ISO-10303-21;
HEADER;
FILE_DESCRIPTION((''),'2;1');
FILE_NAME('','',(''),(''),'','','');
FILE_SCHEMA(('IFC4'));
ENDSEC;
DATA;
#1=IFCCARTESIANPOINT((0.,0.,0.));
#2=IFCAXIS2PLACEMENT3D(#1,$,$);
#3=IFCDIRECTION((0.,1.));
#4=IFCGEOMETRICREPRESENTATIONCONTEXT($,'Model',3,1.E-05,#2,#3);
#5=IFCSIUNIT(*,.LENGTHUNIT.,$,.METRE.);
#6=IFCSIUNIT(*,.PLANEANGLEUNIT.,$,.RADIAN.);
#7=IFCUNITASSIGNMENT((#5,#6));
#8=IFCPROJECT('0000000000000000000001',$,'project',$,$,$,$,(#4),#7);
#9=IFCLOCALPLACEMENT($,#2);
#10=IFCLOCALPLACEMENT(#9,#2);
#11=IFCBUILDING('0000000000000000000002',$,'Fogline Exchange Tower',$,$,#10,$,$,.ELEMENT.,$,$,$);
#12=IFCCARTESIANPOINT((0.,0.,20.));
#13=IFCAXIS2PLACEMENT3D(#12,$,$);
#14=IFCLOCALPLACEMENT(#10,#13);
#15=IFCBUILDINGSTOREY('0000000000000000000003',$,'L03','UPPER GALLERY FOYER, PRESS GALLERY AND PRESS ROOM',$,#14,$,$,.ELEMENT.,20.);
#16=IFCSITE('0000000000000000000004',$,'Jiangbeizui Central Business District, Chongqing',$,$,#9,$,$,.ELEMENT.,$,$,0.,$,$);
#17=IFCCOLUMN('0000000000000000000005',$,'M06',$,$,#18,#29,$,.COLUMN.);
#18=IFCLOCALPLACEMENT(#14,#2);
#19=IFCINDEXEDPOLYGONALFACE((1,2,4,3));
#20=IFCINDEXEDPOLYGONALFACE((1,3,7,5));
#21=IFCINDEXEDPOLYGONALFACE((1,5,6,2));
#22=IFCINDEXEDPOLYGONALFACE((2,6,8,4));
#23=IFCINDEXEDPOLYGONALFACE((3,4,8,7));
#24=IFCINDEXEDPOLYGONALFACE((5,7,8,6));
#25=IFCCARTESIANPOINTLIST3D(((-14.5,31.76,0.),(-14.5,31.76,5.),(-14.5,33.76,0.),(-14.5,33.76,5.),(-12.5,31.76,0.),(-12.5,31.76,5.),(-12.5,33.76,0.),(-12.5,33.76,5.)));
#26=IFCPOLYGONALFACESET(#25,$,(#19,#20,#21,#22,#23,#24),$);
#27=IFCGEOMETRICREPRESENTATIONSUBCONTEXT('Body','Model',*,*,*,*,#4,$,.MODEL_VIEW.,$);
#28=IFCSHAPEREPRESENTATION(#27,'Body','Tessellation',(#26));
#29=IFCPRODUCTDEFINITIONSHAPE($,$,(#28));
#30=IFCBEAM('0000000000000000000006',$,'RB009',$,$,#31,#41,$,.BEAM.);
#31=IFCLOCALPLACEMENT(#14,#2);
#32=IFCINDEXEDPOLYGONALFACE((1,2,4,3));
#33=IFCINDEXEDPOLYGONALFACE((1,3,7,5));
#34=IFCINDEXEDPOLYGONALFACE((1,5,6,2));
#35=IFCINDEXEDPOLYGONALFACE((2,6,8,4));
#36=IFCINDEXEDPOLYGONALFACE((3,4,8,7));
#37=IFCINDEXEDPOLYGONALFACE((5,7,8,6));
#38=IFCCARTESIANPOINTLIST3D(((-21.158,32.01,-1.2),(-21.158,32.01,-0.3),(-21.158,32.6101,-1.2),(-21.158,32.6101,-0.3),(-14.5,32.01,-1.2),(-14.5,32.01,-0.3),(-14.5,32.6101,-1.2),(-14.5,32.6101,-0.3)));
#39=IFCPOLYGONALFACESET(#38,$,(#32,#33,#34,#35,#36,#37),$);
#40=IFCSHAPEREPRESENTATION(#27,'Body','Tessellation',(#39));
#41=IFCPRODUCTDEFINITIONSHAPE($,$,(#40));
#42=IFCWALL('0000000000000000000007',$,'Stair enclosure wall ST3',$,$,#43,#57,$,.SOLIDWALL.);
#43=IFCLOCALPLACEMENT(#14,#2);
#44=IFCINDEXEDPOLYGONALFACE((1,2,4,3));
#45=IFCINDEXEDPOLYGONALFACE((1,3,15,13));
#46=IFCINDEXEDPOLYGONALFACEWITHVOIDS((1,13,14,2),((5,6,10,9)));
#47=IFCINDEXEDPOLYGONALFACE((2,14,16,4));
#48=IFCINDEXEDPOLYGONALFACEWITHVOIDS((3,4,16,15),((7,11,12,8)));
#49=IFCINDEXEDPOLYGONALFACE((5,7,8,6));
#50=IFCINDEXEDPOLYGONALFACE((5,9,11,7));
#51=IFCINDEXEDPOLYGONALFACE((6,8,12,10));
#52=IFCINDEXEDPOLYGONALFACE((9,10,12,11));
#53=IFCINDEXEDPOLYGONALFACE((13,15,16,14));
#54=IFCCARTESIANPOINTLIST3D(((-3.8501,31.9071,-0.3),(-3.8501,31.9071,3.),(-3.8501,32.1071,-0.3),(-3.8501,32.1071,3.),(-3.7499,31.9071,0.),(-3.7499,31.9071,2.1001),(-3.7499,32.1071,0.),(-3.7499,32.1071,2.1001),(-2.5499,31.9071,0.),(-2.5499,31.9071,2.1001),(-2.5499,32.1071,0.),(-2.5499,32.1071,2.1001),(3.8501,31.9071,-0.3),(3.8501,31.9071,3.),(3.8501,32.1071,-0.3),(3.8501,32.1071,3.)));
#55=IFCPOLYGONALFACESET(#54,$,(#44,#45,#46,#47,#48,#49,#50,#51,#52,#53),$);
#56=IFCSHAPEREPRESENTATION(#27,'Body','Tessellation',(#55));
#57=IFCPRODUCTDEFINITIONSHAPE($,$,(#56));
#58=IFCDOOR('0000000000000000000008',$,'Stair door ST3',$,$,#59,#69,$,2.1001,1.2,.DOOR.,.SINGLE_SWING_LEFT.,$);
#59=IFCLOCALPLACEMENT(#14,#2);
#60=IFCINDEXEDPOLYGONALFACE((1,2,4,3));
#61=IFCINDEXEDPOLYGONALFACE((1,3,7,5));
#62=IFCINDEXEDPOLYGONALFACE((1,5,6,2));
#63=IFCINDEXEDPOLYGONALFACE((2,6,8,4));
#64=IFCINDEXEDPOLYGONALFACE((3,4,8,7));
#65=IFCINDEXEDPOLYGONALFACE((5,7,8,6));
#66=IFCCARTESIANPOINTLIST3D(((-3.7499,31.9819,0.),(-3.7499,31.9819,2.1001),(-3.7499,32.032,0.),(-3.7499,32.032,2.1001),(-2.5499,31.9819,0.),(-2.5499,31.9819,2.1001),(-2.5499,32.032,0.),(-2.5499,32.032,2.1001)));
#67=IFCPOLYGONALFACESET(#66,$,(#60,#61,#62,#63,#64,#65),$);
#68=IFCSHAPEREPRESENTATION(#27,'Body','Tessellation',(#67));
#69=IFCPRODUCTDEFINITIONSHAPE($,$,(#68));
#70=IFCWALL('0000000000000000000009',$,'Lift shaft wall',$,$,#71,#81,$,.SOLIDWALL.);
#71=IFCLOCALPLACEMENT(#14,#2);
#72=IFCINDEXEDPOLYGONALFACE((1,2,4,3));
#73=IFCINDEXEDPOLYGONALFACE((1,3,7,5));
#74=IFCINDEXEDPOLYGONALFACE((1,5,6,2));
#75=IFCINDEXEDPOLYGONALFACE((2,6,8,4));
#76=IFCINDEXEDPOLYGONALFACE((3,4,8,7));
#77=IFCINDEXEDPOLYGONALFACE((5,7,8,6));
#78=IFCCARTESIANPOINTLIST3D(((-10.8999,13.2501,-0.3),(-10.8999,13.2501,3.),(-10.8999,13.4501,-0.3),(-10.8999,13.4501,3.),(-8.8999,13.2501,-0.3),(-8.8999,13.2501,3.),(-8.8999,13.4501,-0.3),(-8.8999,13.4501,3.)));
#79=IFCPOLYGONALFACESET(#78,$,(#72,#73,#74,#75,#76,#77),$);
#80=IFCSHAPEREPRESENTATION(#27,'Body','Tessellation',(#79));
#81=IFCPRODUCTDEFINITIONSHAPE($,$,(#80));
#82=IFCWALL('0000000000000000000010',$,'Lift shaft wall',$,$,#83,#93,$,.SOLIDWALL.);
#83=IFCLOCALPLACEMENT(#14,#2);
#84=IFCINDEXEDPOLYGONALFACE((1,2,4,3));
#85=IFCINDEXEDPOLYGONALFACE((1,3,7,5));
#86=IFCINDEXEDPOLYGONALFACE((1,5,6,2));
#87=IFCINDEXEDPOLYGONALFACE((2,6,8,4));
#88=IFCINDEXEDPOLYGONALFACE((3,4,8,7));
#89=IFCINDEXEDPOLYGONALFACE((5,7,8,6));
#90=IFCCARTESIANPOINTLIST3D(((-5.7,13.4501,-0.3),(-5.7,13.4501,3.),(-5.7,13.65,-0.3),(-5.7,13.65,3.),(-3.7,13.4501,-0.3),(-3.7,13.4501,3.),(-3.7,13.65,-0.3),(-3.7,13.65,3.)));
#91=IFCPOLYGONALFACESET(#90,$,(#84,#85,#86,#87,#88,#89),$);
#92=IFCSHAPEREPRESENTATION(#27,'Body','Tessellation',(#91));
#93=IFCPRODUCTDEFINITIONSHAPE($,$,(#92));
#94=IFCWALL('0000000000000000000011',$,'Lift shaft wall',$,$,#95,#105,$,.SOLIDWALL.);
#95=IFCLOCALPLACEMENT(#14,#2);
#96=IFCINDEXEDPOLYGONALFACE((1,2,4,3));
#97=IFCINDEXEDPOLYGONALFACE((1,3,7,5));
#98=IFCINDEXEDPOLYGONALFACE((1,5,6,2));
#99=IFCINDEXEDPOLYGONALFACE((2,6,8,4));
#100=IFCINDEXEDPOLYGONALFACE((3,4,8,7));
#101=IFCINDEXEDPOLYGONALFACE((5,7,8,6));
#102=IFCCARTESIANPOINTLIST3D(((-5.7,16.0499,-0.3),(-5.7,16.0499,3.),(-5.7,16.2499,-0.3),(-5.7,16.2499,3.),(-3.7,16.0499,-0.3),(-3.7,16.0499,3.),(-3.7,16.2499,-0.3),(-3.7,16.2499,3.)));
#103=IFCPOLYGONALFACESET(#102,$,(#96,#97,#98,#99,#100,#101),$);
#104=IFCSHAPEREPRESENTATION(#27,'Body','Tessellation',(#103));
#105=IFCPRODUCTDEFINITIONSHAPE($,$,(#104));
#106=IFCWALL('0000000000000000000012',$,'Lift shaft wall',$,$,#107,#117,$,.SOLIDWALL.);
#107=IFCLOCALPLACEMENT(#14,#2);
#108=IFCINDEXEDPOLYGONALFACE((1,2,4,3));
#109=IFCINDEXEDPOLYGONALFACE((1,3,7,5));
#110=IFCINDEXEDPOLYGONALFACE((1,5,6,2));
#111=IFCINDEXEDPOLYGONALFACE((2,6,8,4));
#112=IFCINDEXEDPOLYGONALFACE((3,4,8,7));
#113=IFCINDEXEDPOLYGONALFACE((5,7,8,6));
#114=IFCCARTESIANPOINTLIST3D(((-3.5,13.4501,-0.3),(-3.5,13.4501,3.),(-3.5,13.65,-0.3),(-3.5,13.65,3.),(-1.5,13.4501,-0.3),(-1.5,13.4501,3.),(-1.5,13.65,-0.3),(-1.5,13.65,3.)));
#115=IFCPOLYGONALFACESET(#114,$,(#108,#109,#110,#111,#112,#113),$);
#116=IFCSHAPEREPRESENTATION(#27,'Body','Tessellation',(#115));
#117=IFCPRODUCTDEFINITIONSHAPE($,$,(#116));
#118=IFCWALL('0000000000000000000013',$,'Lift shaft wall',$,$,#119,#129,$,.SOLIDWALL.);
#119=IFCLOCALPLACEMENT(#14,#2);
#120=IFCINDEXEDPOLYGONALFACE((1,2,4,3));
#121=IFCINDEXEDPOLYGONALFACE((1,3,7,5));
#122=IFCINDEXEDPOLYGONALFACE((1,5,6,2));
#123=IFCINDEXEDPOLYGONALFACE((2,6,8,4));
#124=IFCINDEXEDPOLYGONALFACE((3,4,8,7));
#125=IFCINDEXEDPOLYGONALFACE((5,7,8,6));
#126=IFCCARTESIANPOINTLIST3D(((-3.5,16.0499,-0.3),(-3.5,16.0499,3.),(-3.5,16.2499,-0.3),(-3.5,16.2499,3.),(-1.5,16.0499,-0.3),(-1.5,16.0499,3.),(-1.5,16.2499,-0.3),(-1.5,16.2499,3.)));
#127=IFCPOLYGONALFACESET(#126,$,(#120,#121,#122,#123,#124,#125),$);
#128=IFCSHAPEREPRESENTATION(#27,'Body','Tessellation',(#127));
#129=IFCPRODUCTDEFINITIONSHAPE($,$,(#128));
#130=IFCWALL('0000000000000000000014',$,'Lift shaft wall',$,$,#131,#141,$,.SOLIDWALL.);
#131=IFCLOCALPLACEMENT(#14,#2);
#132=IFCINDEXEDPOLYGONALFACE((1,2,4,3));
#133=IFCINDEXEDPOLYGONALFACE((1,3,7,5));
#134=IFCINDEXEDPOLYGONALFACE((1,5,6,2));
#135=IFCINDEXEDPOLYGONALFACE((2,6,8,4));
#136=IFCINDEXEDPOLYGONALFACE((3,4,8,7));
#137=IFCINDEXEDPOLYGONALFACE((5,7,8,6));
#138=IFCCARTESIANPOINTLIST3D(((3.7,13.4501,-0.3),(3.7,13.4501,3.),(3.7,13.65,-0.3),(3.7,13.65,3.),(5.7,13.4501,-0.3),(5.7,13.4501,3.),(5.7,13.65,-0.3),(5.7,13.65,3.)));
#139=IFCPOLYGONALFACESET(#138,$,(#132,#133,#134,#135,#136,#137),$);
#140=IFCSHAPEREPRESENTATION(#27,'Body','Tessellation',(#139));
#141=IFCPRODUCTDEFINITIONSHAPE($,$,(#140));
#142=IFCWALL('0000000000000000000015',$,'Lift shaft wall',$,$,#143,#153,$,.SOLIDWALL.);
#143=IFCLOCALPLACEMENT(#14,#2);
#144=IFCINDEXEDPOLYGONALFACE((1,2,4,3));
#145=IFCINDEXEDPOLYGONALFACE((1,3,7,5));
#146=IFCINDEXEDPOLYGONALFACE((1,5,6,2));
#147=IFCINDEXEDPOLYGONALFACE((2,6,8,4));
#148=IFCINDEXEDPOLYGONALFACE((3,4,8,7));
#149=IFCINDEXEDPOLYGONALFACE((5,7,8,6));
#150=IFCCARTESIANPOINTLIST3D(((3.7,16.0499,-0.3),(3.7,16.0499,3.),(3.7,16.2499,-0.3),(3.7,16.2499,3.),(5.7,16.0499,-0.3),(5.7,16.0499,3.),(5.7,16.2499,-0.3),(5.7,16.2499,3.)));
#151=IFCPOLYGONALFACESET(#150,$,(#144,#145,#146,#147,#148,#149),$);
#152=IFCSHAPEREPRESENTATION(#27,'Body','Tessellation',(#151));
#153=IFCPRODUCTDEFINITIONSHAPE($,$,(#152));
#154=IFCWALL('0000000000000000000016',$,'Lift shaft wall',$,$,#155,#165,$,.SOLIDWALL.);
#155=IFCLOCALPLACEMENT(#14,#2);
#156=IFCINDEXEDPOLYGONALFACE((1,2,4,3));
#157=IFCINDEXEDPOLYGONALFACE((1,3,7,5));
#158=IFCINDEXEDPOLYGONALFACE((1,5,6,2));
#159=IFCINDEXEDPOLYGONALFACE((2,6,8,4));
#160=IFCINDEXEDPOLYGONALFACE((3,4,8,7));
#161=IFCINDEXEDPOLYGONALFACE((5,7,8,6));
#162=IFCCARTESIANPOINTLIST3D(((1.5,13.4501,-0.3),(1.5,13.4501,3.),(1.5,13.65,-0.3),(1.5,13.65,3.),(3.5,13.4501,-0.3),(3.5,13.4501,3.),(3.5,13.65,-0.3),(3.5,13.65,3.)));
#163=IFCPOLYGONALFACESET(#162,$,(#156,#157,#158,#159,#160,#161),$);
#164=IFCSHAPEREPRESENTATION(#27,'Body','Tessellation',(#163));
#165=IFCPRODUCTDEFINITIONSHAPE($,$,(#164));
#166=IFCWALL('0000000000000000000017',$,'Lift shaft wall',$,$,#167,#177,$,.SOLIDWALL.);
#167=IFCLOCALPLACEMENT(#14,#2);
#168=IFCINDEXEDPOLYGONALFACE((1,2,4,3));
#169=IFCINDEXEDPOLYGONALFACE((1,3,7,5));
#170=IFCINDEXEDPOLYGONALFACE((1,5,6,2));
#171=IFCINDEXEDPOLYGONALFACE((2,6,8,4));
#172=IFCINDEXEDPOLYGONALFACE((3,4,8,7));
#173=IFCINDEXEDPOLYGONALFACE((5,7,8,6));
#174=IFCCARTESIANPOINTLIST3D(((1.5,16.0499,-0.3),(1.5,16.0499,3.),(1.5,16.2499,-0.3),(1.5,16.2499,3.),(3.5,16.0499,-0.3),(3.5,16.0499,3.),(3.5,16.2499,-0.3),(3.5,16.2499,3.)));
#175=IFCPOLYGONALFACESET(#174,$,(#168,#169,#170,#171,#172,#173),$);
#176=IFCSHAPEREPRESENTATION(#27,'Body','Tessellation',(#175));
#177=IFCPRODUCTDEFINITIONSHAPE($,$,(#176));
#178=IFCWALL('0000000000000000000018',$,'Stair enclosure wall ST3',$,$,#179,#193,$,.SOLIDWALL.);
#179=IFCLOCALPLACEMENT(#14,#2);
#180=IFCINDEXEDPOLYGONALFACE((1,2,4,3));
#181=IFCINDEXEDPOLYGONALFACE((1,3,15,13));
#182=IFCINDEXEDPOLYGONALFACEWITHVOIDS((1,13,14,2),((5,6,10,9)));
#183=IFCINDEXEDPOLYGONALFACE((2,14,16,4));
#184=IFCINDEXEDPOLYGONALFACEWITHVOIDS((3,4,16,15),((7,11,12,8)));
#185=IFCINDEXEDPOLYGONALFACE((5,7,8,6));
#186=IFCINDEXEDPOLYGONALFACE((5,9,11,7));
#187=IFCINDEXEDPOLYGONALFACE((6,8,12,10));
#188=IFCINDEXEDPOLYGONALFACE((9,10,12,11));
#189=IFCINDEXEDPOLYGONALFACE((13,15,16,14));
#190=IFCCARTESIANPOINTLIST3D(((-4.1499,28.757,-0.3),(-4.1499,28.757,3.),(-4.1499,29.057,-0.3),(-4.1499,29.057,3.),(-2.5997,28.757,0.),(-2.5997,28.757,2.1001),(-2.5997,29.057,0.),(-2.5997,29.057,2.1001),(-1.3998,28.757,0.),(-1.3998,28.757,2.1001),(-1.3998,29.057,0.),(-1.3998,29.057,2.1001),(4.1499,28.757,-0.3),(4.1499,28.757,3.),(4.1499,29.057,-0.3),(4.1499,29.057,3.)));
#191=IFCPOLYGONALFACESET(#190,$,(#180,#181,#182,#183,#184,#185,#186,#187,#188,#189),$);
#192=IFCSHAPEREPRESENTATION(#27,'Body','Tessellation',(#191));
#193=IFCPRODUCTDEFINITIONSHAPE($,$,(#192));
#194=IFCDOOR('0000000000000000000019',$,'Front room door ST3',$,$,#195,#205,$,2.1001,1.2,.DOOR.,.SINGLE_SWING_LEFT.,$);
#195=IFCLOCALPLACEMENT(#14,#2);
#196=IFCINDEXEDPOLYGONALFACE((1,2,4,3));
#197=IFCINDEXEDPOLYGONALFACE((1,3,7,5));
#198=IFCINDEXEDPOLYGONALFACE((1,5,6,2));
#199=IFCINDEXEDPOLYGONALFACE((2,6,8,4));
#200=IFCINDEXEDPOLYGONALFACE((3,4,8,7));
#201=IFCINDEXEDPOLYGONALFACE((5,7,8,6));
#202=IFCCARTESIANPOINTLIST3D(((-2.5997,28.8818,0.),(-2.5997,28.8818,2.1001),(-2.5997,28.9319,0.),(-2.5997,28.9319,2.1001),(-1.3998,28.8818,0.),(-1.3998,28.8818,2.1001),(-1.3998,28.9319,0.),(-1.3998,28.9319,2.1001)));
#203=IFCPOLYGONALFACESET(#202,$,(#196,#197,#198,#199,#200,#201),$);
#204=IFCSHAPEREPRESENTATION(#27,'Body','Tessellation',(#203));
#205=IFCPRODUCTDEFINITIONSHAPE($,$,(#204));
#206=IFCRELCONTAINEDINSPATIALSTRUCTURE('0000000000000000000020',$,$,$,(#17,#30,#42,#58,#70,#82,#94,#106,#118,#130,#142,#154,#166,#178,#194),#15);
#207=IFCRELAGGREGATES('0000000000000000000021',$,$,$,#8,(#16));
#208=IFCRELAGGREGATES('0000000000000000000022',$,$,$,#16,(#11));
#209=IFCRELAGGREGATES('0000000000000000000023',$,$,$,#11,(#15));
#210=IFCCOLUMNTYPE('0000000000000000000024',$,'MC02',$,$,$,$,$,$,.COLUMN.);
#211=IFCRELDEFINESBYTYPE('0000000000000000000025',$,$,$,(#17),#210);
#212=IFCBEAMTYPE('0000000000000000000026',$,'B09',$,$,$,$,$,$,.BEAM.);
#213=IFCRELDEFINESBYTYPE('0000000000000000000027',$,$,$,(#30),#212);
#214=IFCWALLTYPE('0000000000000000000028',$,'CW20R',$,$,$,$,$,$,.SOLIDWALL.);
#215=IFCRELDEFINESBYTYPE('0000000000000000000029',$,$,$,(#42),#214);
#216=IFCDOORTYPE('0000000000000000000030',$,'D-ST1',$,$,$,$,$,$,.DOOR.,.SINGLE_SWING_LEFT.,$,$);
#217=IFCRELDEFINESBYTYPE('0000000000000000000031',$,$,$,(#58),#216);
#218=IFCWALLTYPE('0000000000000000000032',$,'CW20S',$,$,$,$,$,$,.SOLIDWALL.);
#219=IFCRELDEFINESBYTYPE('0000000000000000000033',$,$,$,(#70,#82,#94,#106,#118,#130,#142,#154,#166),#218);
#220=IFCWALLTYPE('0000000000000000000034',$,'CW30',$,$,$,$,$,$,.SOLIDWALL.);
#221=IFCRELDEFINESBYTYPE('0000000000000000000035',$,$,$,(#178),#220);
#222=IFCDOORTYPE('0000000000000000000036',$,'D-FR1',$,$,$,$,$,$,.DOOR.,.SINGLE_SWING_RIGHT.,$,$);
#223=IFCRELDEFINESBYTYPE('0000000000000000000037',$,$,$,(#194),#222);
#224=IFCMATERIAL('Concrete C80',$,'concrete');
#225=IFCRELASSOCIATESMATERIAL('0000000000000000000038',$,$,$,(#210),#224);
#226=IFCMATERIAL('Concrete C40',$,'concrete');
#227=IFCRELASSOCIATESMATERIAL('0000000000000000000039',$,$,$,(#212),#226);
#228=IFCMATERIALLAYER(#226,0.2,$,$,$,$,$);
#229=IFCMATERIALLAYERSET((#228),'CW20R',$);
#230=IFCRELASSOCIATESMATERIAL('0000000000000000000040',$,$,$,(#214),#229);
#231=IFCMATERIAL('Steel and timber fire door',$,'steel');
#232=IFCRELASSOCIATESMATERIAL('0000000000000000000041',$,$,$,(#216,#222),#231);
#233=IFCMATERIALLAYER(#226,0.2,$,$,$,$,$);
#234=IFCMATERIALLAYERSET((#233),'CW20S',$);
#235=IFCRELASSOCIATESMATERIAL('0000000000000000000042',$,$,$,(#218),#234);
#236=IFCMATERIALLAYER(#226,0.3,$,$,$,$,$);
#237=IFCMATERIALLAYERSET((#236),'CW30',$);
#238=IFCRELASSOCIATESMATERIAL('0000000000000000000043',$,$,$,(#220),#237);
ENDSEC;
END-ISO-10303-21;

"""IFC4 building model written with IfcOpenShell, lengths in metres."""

from ifc_helpers import new_model, si_unit, direction, frame, frame_2d, origin, origin_2d, place, context, subcontext, project, spatial, rectangle, extrude, material, layer, layer_set, material_profile, profile_set, type_object, element, fill, save


model = new_model("IFC4")

# Units and contexts
model_context = context("Model", 3, precision=1e-05, world=origin(), true_north=direction((0.0, 1.0)))
body_context = subcontext(model_context, "Body", "Model", "MODEL_VIEW")
ifc_project = project(units=[si_unit("LENGTHUNIT", "METRE"), si_unit("PLANEANGLEUNIT", "RADIAN")], contexts=[model_context])

# Site, building, storey
site_placement = place(None, origin())
site = spatial("IfcSite", under=ifc_project, at=site_placement, Name="Jiangbeizui Central Business District, Chongqing", CompositionType="ELEMENT", RefElevation=0.0)
building_placement = place(site_placement, origin())
building = spatial("IfcBuilding", under=site, at=building_placement, Name="Fogline Exchange Tower", CompositionType="ELEMENT")
storey_placement = place(building_placement, frame((0.0, 0.0, 20.0)))
storey = spatial("IfcBuildingStorey", under=building, at=storey_placement, Name="L03", Description="UPPER GALLERY FOYER, PRESS GALLERY AND PRESS ROOM", CompositionType="ELEMENT", Elevation=20.0)

# Column
ifc_material_1 = material(Name="Concrete C80", Category="concrete")
ifc_material_profile_1 = material_profile(ifc_material_1, rectangle(XDim=2.0, YDim=2.0, at=origin_2d()), Name="RC 2000x2000")
ifc_profile_set_1 = profile_set([ifc_material_profile_1], Name="Concrete C80")
column_type = type_object("IfcColumnType", Name="MC02", PredefinedType="COLUMN", material=ifc_profile_set_1)
column_placement = place(storey_placement, frame((-13.5, 32.76, 0.0), z_axis=(0.0, 0.0, 1.0), x_axis=(1.0, 0.0, 0.0)))
element("IfcColumn", 1, at=column_placement, inside=storey, type_object=column_type, Name="M06", PredefinedType="COLUMN", context=body_context, shape_type="SweptSolid", body=[
    extrude(rectangle(XDim=2.0, YDim=2.0, at=origin_2d()), origin(), (0.0, 0.0, 1.0), 5.0),
])

# Beam
ifc_material_2 = material(Name="Concrete C40", Category="concrete")
ifc_material_profile_2 = material_profile(ifc_material_2, rectangle(XDim=0.6001, YDim=0.8999, at=origin_2d()), Name="RC 600x900")
ifc_profile_set_2 = profile_set([ifc_material_profile_2], Name="Concrete C40")
beam_type = type_object("IfcBeamType", Name="B09", PredefinedType="BEAM", material=ifc_profile_set_2)
beam_placement = place(storey_placement, frame((-14.5, 32.3101, -0.75), z_axis=(-1.0, 0.0, 0.0), x_axis=(0.0, -1.0, 0.0)))
element("IfcBeam", 2, at=beam_placement, inside=storey, type_object=beam_type, Name="RB009", PredefinedType="BEAM", context=body_context, shape_type="SweptSolid", body=[
    extrude(rectangle(XDim=0.6001, YDim=0.8999, at=origin_2d()), origin(), (0.0, 0.0, 1.0), 6.658),
])

# Wall, opening, door
ifc_layer_1 = layer(ifc_material_2, 0.2)
ifc_layer_set_1 = layer_set([ifc_layer_1], Name="CW20R")
wall_type_1 = type_object("IfcWallType", Name="CW20R", PredefinedType="SOLIDWALL", material=ifc_layer_set_1)
wall_1_placement = place(storey_placement, frame((-3.8501, 32.0071, -0.3), z_axis=(0.0, 0.0, 1.0), x_axis=(1.0, 0.0, 0.0)))
wall_1 = element("IfcWall", 3, at=wall_1_placement, inside=storey, type_object=wall_type_1, Name="Stair enclosure wall ST3", PredefinedType="SOLIDWALL", context=body_context, shape_type="SweptSolid", body=[
    extrude(rectangle(XDim=7.7002, YDim=0.2, at=frame_2d((3.8501, 0.0))), origin(), (0.0, 0.0, 1.0), 3.3),
])
opening_1_placement = place(wall_1_placement, frame((0.1001, 0.0, 0.3)))
opening_1 = element("IfcOpeningElement", 4, at=opening_1_placement, cuts=wall_1, PredefinedType="OPENING", context=body_context, shape_type="SweptSolid", body=[
    extrude(rectangle(XDim=1.2, YDim=2.1001, at=frame_2d((0.6001, 1.05))), frame((0.0, 0.1099, 0.0), z_axis=(0.0, -1.0, 0.0), x_axis=(1.0, 0.0, 0.0)), (0.0, 0.0, 1.0), 0.22),
])
ifc_material_3 = material(Name="Steel and timber fire door", Category="steel")
door_type_1 = type_object("IfcDoorType", Name="D-ST1", OperationType="SINGLE_SWING_LEFT", PredefinedType="DOOR", material=ifc_material_3)
door_1_placement = place(opening_1_placement, origin())
door_1 = element("IfcDoor", 5, at=door_1_placement, inside=storey, type_object=door_type_1, Name="Stair door ST3", OperationType="SINGLE_SWING_LEFT", OverallHeight=2.1001, OverallWidth=1.2, PredefinedType="DOOR", context=body_context, shape_type="SweptSolid", body=[
    extrude(rectangle(XDim=1.2, YDim=2.1001, at=frame_2d((0.6001, 1.05))), frame((0.0, 0.0249, 0.0), z_axis=(0.0, -1.0, 0.0), x_axis=(1.0, 0.0, 0.0)), (0.0, 0.0, 1.0), 0.05),
])
fill(opening_1, door_1)

# Walls
ifc_layer_2 = layer(ifc_material_2, 0.2)
ifc_layer_set_2 = layer_set([ifc_layer_2], Name="CW20S")
wall_type_2 = type_object("IfcWallType", Name="CW20S", PredefinedType="SOLIDWALL", material=ifc_layer_set_2)
for number, where, z_axis, x_axis, name in (
    (6, (-10.8999, 13.3501, -0.3), (0.0, 0.0, 1.0), (1.0, 0.0, 0.0), "Lift shaft wall"),
    (7, (-5.7, 13.55, -0.3), (0.0, 0.0, 1.0), (1.0, 0.0, 0.0), "Lift shaft wall"),
    (8, (-5.7, 16.1499, -0.3), (0.0, 0.0, 1.0), (1.0, 0.0, 0.0), "Lift shaft wall"),
    (9, (-3.5, 13.55, -0.3), (0.0, 0.0, 1.0), (1.0, 0.0, 0.0), "Lift shaft wall"),
    (10, (-3.5, 16.1499, -0.3), (0.0, 0.0, 1.0), (1.0, 0.0, 0.0), "Lift shaft wall"),
    (11, (3.7, 13.55, -0.3), (0.0, 0.0, 1.0), (1.0, 0.0, 0.0), "Lift shaft wall"),
    (12, (3.7, 16.1499, -0.3), (0.0, 0.0, 1.0), (1.0, 0.0, 0.0), "Lift shaft wall"),
    (13, (1.5, 13.55, -0.3), (0.0, 0.0, 1.0), (1.0, 0.0, 0.0), "Lift shaft wall"),
    (14, (1.5, 16.1499, -0.3), (0.0, 0.0, 1.0), (1.0, 0.0, 0.0), "Lift shaft wall"),
):
    element("IfcWall", number, at=place(storey_placement, frame(where, z_axis=z_axis, x_axis=x_axis)), inside=storey, type_object=wall_type_2, Name=name, PredefinedType="SOLIDWALL", context=body_context, shape_type="SweptSolid", body=[
        extrude(rectangle(XDim=2.0, YDim=0.2, at=frame_2d((1.0, 0.0))), origin(), (0.0, 0.0, 1.0), 3.3),
    ])

# Wall, opening, door
ifc_layer_3 = layer(ifc_material_2, 0.3)
ifc_layer_set_3 = layer_set([ifc_layer_3], Name="CW30")
wall_type_3 = type_object("IfcWallType", Name="CW30", PredefinedType="SOLIDWALL", material=ifc_layer_set_3)
wall_2_placement = place(storey_placement, frame((-4.1499, 28.907, -0.3), z_axis=(0.0, 0.0, 1.0), x_axis=(1.0, 0.0, 0.0)))
wall_2 = element("IfcWall", 15, at=wall_2_placement, inside=storey, type_object=wall_type_3, Name="Stair enclosure wall ST3", PredefinedType="SOLIDWALL", context=body_context, shape_type="SweptSolid", body=[
    extrude(rectangle(XDim=8.2998, YDim=0.3, at=frame_2d((4.1499, 0.0))), origin(), (0.0, 0.0, 1.0), 3.3),
])
opening_2_placement = place(wall_2_placement, frame((1.55, 0.0, 0.3)))
opening_2 = element("IfcOpeningElement", 16, at=opening_2_placement, cuts=wall_2, PredefinedType="OPENING", context=body_context, shape_type="SweptSolid", body=[
    extrude(rectangle(XDim=1.2, YDim=2.1001, at=frame_2d((0.6001, 1.05))), frame((0.0, 0.1602, 0.0), z_axis=(0.0, -1.0, 0.0), x_axis=(1.0, 0.0, 0.0)), (0.0, 0.0, 1.0), 0.3201),
])
door_type_2 = type_object("IfcDoorType", Name="D-FR1", OperationType="SINGLE_SWING_RIGHT", PredefinedType="DOOR", material=ifc_material_3)
door_2_placement = place(opening_2_placement, origin())
door_2 = element("IfcDoor", 17, at=door_2_placement, inside=storey, type_object=door_type_2, Name="Front room door ST3", OperationType="SINGLE_SWING_LEFT", OverallHeight=2.1001, OverallWidth=1.2, PredefinedType="DOOR", context=body_context, shape_type="SweptSolid", body=[
    extrude(rectangle(XDim=1.2, YDim=2.1001, at=frame_2d((0.6001, 1.05))), frame((0.0, 0.0249, 0.0), z_axis=(0.0, -1.0, 0.0), x_axis=(1.0, 0.0, 0.0)), (0.0, 0.0, 1.0), 0.05),
])
fill(opening_2, door_2)

save(model, "model.ifc")
